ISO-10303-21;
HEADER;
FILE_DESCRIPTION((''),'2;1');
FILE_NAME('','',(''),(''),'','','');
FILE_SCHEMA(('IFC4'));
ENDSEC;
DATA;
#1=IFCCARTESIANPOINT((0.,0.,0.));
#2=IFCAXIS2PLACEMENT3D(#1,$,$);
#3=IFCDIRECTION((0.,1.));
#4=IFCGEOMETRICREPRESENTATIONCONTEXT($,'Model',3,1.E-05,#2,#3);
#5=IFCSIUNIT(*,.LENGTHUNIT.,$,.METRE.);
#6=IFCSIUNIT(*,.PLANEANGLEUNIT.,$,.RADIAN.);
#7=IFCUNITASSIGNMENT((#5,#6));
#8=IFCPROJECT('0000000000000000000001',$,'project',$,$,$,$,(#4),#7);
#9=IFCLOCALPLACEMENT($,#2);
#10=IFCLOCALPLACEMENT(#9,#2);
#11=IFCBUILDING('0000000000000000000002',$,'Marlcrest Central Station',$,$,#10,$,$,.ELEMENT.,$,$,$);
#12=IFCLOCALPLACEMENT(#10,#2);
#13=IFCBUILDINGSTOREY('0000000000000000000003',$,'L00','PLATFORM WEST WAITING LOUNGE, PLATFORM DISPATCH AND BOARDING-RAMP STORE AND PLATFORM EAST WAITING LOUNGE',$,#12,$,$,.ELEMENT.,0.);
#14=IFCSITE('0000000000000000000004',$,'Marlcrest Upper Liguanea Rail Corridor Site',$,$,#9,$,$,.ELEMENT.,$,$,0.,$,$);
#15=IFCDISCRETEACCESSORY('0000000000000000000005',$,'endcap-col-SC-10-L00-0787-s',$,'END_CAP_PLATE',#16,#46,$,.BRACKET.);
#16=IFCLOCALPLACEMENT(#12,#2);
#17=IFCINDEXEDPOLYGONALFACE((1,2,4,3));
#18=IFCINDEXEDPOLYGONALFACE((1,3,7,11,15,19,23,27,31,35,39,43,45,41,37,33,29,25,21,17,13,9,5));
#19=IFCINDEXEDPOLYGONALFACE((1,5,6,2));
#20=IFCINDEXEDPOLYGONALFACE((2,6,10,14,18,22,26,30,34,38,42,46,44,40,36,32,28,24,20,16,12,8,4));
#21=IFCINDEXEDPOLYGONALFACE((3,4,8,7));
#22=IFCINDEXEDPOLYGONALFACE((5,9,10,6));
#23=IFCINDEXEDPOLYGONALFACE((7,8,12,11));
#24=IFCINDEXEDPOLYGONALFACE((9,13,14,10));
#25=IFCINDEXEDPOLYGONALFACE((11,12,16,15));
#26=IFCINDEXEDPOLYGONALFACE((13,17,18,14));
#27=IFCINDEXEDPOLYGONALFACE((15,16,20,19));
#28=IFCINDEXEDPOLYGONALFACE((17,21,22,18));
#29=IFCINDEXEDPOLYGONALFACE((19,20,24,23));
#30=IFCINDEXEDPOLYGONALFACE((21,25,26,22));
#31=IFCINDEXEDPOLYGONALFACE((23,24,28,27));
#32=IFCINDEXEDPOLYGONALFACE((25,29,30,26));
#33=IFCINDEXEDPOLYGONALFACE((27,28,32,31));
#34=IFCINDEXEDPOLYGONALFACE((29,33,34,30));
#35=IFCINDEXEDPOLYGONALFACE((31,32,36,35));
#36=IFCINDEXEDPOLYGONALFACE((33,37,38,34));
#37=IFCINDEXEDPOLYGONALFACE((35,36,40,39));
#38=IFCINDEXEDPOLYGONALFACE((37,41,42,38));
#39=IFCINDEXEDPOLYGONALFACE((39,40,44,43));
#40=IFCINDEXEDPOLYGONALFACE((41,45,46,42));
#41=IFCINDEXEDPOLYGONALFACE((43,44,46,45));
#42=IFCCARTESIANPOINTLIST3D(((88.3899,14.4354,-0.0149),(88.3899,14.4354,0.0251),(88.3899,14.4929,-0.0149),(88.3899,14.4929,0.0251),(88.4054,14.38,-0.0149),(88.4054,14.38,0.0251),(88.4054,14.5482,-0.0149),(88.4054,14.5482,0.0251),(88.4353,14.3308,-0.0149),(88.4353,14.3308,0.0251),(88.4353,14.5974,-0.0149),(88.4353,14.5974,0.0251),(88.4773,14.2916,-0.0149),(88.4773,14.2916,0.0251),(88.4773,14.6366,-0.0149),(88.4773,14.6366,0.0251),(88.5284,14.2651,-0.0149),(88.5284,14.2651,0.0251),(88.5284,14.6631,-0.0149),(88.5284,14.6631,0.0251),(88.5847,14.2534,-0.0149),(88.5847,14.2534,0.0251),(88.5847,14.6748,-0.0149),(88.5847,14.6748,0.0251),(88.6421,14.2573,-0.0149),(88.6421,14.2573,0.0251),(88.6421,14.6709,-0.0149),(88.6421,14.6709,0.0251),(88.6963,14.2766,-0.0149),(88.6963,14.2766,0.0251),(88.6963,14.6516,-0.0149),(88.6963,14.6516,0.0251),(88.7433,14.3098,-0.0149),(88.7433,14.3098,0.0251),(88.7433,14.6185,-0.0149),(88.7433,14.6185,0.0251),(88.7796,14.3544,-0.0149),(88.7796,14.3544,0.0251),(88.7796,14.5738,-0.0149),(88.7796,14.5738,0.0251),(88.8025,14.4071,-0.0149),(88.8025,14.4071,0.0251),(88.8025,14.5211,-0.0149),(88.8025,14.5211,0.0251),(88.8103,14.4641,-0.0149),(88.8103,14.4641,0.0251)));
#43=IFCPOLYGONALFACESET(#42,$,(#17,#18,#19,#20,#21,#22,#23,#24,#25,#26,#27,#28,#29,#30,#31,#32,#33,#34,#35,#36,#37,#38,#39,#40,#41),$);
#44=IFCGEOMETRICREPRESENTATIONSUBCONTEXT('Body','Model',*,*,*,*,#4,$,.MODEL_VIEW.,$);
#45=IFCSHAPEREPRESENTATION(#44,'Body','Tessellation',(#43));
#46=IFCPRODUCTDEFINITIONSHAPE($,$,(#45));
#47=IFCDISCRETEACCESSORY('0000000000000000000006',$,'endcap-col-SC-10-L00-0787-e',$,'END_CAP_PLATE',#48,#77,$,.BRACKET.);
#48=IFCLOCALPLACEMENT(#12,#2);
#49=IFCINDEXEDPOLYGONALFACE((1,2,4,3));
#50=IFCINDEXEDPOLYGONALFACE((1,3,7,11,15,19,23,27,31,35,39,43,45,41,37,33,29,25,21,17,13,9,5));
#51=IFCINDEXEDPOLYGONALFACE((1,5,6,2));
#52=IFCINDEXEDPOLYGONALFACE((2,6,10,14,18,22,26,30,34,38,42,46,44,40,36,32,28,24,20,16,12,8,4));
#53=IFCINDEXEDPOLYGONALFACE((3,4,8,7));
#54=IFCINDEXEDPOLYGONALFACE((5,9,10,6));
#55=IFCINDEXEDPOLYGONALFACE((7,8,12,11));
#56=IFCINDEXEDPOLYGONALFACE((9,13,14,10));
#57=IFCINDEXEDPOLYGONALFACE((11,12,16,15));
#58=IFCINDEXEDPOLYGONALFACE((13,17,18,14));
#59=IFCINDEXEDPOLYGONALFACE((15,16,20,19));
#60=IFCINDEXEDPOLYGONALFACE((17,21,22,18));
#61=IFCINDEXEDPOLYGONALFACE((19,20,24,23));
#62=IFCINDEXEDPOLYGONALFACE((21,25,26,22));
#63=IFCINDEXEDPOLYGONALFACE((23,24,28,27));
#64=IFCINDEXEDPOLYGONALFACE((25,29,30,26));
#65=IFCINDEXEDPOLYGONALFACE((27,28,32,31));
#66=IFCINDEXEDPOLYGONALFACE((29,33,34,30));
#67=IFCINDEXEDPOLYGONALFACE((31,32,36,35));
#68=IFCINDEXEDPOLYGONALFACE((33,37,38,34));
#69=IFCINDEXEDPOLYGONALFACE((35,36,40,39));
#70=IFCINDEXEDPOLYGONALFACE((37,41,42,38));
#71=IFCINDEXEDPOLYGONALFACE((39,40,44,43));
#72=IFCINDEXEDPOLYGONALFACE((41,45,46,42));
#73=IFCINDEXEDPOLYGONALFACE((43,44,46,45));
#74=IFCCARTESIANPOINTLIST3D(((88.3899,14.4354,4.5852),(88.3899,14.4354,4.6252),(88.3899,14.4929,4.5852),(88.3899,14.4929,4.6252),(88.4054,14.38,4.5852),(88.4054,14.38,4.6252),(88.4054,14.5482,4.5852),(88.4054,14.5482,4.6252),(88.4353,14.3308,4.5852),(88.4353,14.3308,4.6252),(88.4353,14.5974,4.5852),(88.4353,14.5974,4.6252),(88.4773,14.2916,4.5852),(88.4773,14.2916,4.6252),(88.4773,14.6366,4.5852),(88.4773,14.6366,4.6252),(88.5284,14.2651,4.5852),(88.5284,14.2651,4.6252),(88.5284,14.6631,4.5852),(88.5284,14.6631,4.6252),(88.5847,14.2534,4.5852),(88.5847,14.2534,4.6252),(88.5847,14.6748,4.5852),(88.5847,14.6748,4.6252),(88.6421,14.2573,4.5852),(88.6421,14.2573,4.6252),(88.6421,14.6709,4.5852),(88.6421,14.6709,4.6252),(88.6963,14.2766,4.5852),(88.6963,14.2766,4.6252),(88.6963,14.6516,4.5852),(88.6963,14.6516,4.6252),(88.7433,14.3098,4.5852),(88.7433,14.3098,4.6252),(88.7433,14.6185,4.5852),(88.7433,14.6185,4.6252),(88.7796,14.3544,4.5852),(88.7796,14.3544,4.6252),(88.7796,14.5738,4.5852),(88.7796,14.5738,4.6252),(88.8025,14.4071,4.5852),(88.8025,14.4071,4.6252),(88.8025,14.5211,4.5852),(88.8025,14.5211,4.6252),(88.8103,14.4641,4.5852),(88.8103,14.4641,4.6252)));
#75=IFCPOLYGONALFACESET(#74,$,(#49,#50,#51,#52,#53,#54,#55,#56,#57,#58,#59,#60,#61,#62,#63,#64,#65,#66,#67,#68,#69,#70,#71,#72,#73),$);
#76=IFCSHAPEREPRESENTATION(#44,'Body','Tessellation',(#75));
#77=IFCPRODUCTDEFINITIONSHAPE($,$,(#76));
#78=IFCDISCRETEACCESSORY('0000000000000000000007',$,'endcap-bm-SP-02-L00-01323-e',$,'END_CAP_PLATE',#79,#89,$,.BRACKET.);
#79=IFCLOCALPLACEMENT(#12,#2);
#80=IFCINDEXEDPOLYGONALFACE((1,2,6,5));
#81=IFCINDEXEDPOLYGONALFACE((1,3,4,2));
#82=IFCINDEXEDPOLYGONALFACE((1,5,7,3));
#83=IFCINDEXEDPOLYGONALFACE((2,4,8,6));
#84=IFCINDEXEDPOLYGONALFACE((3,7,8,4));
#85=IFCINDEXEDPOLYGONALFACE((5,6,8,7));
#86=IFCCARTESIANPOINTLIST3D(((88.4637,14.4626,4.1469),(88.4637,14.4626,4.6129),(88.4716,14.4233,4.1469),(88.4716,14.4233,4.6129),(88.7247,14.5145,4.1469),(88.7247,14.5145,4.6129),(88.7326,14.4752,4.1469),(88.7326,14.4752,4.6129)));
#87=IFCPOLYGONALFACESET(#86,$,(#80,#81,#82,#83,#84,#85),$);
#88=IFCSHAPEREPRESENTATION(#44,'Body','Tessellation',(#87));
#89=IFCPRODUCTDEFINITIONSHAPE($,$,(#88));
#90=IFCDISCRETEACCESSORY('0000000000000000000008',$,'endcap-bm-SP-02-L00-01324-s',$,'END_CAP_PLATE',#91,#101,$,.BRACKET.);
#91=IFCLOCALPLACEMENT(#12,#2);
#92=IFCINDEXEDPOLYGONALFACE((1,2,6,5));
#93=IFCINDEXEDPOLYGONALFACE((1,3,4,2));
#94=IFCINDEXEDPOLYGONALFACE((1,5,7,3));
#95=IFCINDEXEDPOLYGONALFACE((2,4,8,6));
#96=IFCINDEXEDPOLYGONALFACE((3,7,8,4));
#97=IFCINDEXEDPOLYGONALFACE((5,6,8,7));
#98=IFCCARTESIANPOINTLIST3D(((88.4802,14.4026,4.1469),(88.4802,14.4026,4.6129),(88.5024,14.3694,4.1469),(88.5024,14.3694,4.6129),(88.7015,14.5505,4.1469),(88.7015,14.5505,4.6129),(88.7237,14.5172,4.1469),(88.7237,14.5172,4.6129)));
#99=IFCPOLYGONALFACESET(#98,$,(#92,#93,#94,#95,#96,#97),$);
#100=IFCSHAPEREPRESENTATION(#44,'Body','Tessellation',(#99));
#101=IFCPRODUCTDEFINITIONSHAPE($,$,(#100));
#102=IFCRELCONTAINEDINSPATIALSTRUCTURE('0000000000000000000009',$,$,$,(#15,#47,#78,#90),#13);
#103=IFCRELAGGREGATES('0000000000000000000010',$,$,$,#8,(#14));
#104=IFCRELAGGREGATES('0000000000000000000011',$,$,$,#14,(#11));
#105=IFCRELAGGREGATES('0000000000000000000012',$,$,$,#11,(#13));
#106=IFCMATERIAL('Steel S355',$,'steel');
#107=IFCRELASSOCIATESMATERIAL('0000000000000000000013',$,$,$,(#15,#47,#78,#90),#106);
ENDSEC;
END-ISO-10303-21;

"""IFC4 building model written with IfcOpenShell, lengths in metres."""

from ifc_helpers import new_model, si_unit, direction, frame, origin, origin_2d, place, context, subcontext, project, spatial, rectangle, circle, extrude, material, element, save


model = new_model("IFC4")

# Units and contexts
model_context = context("Model", 3, precision=1e-05, world=origin(), true_north=direction((0.0, 1.0)))
body_context = subcontext(model_context, "Body", "Model", "MODEL_VIEW")
ifc_project = project(units=[si_unit("LENGTHUNIT", "METRE"), si_unit("PLANEANGLEUNIT", "RADIAN")], contexts=[model_context])

# Site, building, storey
site_placement = place(None, origin())
site = spatial("IfcSite", under=ifc_project, at=site_placement, Name="Marlcrest Upper Liguanea Rail Corridor Site", CompositionType="ELEMENT", RefElevation=0.0)
building_placement = place(site_placement, origin())
building = spatial("IfcBuilding", under=site, at=building_placement, Name="Marlcrest Central Station", CompositionType="ELEMENT")
storey_placement = place(building_placement, origin())
storey = spatial("IfcBuildingStorey", under=building, at=storey_placement, Name="L00", Description="PLATFORM WEST WAITING LOUNGE, PLATFORM DISPATCH AND BOARDING-RAMP STORE AND PLATFORM EAST WAITING LOUNGE", CompositionType="ELEMENT", Elevation=0.0)

# Shared definitions
ifc_material_1 = material(Name="Steel S355", Category="steel")

# Discrete accessories
for number, where, z_axis, x_axis, name in (
    (1, (88.5991, 14.4641, -0.0149), (0.0, 0.0, 1.0), (1.0, 0.0, 0.0), "endcap-col-SC-10-L00-0787-s"),
    (2, (88.5991, 14.4641, 4.5852), (0.0, 0.0, 1.0), (1.0, 0.0, 0.0), "endcap-col-SC-10-L00-0787-e"),
):
    element("IfcDiscreteAccessory", number, at=place(storey_placement, frame(where, z_axis=z_axis, x_axis=x_axis)), inside=storey, material=ifc_material_1, Name=name, ObjectType="END_CAP_PLATE", PredefinedType="BRACKET", context=body_context, shape_type="SweptSolid", body=[
        extrude(circle(Radius=0.2112, at=origin_2d()), origin(), (0.0, 0.0, 1.0), 0.04),
    ])
for number, where, z_axis, x_axis, name in (
    (3, (88.5942, 14.4885, 4.3799), (0.195171, -0.980769, 0.0), (0.980769, 0.195171, 0.0), "endcap-bm-SP-02-L00-01323-e"),
    (4, (88.5908, 14.4766, 4.3799), (0.555511, -0.831509, 0.0), (0.831509, 0.555511, 0.0), "endcap-bm-SP-02-L00-01324-s"),
):
    element("IfcDiscreteAccessory", number, at=place(storey_placement, frame(where, z_axis=z_axis, x_axis=x_axis)), inside=storey, material=ifc_material_1, Name=name, ObjectType="END_CAP_PLATE", PredefinedType="BRACKET", context=body_context, shape_type="SweptSolid", body=[
        extrude(rectangle(XDim=0.2661, YDim=0.4661, at=origin_2d()), origin(), (0.0, 0.0, 1.0), 0.04),
    ])

save(model, "model.ifc")
